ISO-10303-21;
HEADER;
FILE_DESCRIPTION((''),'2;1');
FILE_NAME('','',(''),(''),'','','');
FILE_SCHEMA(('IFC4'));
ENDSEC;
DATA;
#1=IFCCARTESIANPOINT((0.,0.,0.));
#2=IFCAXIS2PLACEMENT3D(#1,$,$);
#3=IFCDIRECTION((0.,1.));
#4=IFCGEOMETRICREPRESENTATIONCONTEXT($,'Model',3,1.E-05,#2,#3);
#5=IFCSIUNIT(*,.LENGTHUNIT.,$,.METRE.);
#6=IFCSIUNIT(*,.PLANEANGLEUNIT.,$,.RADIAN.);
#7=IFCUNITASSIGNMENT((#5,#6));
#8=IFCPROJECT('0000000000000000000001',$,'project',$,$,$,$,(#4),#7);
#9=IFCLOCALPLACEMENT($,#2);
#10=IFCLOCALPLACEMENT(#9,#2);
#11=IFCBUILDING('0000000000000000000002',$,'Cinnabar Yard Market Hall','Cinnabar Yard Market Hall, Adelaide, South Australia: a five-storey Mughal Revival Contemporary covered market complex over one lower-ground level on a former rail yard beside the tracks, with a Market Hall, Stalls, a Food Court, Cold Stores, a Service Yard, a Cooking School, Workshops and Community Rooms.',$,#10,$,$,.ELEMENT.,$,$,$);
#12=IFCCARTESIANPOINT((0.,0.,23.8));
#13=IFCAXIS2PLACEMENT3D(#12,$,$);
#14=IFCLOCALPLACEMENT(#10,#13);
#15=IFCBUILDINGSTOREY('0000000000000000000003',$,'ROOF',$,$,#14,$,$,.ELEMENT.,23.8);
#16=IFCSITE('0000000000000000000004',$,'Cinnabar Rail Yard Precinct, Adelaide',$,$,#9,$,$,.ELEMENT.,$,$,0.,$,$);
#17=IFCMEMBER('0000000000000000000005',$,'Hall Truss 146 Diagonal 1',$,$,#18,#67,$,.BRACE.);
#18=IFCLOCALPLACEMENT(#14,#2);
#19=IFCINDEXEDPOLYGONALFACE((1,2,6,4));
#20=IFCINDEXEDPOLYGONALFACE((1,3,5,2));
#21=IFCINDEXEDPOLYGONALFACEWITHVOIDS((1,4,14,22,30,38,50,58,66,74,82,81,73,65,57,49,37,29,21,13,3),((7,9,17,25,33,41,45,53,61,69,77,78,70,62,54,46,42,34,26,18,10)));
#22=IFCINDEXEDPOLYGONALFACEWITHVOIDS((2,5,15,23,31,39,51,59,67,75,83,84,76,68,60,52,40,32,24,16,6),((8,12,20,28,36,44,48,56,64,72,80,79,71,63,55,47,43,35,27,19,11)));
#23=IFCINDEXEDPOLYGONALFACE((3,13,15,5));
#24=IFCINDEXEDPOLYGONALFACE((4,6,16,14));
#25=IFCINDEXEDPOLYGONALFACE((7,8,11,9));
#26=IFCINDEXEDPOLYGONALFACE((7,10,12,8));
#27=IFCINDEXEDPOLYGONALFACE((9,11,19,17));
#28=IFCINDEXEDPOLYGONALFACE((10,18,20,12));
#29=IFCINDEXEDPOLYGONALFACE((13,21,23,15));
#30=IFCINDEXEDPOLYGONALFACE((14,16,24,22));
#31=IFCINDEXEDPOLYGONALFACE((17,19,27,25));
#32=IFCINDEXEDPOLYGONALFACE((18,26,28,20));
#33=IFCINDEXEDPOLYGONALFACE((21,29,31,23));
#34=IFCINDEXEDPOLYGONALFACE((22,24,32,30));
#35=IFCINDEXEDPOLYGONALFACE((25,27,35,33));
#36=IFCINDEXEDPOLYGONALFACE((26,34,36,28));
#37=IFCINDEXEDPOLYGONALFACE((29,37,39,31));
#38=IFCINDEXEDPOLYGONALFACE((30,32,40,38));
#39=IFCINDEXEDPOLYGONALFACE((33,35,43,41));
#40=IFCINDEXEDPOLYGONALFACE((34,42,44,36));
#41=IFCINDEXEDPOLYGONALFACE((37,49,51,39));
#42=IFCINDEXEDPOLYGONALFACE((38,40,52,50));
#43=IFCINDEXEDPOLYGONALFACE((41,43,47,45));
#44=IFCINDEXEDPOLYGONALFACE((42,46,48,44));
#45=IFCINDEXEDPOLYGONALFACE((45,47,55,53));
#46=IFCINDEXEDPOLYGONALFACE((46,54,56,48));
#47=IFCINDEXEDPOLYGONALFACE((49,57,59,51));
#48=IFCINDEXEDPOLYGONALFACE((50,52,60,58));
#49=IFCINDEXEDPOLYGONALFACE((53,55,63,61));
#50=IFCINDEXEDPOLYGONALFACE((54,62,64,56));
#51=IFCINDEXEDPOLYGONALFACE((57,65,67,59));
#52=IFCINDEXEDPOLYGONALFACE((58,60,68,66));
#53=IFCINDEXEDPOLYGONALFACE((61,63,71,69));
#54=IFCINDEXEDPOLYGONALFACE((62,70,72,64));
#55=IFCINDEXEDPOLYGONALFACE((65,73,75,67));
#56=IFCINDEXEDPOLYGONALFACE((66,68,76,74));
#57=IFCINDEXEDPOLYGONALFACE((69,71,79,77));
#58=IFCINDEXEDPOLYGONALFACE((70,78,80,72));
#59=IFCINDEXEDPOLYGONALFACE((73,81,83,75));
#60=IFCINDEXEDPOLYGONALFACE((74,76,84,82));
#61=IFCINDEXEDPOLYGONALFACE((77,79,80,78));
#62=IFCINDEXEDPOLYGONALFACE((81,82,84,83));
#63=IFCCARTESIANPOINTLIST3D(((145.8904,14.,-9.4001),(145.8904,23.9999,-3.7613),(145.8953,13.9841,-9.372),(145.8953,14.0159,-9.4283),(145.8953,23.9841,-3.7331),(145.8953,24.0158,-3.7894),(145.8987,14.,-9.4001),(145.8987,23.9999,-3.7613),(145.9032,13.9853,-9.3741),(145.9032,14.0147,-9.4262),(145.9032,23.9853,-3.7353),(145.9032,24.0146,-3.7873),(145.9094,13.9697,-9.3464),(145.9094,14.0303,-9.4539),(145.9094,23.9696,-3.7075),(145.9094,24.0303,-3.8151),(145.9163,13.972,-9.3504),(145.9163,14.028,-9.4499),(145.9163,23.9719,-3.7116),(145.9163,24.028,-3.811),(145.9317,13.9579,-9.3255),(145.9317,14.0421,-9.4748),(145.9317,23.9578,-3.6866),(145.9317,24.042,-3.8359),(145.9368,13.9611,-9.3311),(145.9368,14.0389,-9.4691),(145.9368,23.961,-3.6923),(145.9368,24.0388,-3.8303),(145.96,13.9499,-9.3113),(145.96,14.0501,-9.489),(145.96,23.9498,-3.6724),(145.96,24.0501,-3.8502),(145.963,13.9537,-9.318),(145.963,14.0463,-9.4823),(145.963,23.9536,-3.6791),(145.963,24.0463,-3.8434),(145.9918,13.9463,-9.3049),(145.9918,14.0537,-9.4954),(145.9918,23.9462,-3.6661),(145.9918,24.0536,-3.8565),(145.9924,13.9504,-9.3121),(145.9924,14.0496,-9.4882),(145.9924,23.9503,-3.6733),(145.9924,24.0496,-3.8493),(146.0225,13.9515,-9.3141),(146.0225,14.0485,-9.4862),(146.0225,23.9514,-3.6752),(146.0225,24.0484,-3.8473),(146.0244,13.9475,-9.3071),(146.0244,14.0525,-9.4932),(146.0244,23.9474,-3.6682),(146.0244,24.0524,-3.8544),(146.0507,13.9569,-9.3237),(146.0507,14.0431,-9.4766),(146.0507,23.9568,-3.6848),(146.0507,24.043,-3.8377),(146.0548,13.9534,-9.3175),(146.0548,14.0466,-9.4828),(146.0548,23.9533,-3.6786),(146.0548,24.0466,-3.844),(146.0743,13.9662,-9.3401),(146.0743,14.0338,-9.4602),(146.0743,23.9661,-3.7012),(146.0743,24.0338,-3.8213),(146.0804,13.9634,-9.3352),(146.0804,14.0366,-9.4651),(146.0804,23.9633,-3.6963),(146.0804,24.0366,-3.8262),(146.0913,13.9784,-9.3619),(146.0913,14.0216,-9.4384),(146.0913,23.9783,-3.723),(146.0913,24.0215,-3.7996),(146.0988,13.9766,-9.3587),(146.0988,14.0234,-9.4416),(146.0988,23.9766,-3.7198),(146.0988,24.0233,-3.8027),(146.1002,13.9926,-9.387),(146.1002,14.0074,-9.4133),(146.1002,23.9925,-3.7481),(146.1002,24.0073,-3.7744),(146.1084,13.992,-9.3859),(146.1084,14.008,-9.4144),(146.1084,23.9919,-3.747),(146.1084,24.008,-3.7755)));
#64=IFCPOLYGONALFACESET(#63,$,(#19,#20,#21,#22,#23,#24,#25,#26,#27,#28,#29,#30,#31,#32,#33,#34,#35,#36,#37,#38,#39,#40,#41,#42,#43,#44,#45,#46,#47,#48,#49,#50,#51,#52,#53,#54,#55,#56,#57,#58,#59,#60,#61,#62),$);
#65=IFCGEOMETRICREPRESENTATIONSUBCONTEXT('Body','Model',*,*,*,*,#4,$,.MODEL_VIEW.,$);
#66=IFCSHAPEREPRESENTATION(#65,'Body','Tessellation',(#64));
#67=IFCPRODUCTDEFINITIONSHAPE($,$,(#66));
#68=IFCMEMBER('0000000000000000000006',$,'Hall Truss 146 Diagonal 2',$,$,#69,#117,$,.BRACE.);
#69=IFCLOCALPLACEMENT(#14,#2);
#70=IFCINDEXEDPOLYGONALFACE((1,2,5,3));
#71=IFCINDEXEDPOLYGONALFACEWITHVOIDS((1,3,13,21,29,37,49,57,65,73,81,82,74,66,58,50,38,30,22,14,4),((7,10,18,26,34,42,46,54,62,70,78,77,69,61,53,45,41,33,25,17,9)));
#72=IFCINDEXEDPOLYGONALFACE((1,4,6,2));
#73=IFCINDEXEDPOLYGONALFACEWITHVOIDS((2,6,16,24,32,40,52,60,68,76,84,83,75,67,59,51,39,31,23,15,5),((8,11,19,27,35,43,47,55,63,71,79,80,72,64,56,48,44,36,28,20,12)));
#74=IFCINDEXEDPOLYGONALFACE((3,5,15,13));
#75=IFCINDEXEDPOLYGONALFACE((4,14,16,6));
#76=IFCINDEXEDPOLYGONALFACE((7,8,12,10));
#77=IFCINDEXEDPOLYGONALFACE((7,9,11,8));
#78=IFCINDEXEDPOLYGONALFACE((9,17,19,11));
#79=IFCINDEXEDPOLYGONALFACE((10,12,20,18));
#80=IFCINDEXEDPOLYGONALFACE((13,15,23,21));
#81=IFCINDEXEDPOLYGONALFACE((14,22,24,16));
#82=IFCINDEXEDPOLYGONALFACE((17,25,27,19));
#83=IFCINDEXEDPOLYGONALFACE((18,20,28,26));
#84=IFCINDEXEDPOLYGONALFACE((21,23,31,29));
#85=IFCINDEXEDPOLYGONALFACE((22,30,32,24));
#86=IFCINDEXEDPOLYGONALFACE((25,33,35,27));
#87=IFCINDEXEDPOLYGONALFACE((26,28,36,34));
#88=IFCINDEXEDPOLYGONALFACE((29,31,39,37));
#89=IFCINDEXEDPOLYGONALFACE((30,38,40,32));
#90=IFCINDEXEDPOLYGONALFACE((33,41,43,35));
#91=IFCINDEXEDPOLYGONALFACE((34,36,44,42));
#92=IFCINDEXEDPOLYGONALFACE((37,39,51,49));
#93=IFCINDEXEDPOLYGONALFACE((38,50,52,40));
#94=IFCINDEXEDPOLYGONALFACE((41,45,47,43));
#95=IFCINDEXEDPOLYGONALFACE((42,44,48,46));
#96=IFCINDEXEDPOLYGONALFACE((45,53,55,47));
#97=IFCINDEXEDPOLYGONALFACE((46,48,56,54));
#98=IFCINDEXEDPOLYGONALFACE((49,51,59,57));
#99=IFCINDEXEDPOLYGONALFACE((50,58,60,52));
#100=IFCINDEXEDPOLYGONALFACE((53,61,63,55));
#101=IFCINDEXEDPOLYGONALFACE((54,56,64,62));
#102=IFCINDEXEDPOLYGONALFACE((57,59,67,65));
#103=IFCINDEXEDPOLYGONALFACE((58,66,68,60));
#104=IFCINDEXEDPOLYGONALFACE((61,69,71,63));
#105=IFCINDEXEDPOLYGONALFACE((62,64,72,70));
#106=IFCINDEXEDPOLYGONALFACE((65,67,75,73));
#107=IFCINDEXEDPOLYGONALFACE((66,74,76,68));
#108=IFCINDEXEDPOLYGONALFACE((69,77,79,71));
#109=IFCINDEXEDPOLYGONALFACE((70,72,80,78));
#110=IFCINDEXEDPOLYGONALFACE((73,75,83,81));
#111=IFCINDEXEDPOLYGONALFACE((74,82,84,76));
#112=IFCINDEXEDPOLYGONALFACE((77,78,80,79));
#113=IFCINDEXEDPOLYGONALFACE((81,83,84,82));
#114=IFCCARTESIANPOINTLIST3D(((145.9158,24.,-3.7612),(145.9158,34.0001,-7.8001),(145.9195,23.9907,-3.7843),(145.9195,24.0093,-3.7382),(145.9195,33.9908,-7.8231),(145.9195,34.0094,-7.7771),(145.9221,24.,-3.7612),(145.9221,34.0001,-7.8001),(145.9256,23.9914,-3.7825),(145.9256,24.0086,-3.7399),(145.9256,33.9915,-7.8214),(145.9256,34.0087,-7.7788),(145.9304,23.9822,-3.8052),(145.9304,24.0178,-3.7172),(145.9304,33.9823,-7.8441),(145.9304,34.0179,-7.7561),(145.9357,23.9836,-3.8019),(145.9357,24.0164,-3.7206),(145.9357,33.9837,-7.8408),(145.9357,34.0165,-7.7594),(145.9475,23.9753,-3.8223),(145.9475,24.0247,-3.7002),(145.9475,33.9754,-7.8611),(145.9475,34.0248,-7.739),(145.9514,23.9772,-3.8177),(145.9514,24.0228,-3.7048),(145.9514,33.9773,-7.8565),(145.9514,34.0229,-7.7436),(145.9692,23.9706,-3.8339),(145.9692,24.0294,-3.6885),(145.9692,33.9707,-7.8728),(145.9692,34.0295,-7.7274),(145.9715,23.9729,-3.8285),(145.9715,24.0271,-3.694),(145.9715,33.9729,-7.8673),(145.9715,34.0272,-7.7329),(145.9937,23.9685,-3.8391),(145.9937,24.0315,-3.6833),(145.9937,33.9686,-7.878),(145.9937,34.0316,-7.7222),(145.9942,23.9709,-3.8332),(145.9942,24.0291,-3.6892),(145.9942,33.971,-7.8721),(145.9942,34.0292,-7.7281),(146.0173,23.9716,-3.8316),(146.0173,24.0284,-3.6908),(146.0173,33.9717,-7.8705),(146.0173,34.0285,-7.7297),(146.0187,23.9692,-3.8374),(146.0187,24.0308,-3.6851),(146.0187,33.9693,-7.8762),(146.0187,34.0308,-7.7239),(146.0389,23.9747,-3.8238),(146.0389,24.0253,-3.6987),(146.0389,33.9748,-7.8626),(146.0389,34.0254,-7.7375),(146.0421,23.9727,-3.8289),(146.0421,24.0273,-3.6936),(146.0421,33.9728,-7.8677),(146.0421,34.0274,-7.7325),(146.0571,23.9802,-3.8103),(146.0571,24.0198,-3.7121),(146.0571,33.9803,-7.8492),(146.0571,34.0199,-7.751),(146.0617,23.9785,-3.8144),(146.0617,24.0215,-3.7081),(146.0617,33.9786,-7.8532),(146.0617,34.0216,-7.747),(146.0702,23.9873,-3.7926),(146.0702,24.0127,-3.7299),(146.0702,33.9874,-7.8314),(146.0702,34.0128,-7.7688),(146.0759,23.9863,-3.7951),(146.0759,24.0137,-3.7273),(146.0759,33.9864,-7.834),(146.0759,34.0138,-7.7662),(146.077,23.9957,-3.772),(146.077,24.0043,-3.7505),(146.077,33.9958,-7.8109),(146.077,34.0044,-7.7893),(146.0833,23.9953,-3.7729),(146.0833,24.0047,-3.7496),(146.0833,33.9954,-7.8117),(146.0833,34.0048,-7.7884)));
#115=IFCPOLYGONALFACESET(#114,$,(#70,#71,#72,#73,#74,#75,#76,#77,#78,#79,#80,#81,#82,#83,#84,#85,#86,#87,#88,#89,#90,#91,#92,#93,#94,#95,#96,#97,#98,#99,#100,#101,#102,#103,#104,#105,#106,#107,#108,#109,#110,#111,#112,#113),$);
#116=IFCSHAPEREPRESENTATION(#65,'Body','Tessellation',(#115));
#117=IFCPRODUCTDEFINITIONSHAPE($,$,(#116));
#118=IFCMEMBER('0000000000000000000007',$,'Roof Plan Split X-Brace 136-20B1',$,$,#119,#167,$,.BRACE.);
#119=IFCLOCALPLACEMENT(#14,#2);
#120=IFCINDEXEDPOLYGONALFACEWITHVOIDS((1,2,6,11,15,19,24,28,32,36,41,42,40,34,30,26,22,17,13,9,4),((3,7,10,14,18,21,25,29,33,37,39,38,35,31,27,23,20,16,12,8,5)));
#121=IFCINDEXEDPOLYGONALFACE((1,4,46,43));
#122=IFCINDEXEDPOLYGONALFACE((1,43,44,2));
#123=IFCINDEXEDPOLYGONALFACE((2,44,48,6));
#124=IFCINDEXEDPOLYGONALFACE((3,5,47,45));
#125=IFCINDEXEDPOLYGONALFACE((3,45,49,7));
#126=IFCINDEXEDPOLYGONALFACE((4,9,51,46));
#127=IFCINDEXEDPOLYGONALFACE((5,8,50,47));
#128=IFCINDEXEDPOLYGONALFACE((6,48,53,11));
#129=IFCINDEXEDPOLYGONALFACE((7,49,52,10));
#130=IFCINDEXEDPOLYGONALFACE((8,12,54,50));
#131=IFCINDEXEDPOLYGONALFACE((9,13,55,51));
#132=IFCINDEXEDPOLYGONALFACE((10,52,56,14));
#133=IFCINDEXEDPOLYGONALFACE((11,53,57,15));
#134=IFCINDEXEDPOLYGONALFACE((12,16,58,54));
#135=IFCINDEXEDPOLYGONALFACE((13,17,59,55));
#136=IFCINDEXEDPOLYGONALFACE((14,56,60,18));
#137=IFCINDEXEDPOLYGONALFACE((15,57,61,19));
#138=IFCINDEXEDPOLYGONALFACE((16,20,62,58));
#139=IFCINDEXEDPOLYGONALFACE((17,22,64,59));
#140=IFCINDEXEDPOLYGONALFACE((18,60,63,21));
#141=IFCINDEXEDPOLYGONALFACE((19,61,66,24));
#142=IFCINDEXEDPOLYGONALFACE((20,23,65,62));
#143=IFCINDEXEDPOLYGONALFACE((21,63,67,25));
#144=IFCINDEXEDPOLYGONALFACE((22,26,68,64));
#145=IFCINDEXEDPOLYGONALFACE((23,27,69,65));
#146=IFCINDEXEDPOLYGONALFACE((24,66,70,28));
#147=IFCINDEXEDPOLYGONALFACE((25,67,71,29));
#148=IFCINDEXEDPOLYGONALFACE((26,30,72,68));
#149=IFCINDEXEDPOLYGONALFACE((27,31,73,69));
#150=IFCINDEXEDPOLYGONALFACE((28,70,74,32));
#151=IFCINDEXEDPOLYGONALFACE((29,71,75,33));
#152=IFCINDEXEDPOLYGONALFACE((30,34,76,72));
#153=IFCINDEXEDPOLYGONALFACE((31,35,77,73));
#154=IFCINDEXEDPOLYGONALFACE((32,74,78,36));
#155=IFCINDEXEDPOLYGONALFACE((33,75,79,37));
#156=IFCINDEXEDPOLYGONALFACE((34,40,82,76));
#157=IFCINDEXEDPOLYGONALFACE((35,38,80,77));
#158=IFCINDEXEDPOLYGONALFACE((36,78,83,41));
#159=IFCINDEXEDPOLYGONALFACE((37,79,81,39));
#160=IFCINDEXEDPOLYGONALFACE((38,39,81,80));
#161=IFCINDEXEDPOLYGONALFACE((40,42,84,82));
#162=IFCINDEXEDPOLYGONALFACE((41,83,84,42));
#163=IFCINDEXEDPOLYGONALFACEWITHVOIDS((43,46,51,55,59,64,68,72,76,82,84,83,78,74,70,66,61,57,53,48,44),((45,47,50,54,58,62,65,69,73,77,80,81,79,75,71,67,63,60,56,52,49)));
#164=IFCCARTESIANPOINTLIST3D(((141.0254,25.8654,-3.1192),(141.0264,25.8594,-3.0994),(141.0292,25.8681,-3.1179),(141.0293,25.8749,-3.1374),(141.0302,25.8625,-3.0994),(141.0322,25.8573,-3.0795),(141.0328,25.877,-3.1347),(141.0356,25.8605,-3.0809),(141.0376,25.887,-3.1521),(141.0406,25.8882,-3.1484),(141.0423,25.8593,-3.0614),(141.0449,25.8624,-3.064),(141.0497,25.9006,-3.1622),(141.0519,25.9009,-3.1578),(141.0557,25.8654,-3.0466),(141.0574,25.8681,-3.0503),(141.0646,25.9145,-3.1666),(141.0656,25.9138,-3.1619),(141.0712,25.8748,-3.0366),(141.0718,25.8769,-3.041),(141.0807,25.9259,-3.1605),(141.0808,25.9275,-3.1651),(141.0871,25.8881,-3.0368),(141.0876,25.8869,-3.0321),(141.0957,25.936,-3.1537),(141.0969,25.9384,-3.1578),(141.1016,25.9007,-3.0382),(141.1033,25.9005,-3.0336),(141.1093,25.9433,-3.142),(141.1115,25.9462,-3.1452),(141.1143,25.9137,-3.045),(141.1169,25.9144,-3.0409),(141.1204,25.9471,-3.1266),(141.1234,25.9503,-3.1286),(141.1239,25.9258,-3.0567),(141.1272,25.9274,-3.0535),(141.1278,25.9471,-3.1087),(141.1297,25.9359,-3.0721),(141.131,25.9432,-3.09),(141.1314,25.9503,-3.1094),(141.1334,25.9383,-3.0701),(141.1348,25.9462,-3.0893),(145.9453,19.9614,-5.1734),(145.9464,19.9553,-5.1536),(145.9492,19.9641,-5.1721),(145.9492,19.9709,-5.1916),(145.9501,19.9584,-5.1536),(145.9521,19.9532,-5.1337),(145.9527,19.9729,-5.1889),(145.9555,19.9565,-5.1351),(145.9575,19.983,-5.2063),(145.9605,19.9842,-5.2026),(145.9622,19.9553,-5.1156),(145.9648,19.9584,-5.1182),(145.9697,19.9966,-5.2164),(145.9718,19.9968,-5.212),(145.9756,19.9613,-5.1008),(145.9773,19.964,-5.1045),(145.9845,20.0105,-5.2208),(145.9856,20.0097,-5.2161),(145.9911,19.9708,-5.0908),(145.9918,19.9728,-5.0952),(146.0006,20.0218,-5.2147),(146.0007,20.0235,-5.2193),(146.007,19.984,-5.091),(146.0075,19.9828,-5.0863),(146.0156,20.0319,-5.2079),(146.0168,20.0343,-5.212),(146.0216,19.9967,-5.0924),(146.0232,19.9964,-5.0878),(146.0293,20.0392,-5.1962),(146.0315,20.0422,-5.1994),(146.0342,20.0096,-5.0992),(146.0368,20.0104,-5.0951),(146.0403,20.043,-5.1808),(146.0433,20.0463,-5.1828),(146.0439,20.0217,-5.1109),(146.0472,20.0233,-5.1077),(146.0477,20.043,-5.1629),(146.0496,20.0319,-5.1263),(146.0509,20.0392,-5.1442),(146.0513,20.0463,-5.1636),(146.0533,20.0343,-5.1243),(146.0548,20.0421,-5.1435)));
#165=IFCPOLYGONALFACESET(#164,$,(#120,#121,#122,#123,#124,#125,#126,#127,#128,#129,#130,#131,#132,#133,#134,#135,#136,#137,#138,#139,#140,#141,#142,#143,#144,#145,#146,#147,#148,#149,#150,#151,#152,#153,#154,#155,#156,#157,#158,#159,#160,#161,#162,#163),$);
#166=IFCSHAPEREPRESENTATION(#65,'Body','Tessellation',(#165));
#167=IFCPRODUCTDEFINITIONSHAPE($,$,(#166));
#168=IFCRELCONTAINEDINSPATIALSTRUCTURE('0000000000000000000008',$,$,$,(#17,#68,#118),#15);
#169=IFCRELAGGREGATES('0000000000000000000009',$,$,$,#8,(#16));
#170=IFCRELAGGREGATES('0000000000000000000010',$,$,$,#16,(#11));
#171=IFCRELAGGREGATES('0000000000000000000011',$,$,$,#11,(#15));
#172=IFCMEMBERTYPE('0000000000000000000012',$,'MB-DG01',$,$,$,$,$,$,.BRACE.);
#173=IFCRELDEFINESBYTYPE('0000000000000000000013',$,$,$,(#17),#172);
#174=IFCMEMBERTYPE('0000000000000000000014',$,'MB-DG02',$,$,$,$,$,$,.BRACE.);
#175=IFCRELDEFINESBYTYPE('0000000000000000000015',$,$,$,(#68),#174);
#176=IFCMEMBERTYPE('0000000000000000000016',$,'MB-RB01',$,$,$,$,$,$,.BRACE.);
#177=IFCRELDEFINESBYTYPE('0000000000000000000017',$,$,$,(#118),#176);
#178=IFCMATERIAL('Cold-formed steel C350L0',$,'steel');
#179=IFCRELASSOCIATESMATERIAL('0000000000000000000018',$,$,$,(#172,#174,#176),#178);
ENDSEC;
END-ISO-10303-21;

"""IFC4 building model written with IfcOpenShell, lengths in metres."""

from ifc_helpers import new_model, si_unit, direction, frame, origin, origin_2d_with_axis, place, context, subcontext, project, spatial, hollow_circle, extrude, material, material_profile, profile_set, type_object, element, save


model = new_model("IFC4")

# Units and contexts
model_context = context("Model", 3, precision=1e-05, world=origin(), true_north=direction((0.0, 1.0)))
body_context = subcontext(model_context, "Body", "Model", "MODEL_VIEW")
ifc_project = project(units=[si_unit("LENGTHUNIT", "METRE"), si_unit("PLANEANGLEUNIT", "RADIAN")], contexts=[model_context])

# Site, building, storey
site_placement = place(None, origin())
site = spatial("IfcSite", under=ifc_project, at=site_placement, Name="Cinnabar Rail Yard Precinct, Adelaide", CompositionType="ELEMENT", RefElevation=0.0)
building_placement = place(site_placement, origin())
building = spatial("IfcBuilding", under=site, at=building_placement, Name="Cinnabar Yard Market Hall", Description="Cinnabar Yard Market Hall, Adelaide, South Australia: a five-storey Mughal Revival Contemporary covered market complex over one lower-ground level on a former rail yard beside the tracks, with a Market Hall, Stalls, a Food Court, Cold Stores, a Service Yard, a Cooking School, Workshops and Community Rooms.", CompositionType="ELEMENT")
storey_placement = place(building_placement, frame((0.0, 0.0, 23.8)))
storey = spatial("IfcBuildingStorey", under=building, at=storey_placement, Name="ROOF", CompositionType="ELEMENT", Elevation=23.8)

# Shared definitions
ifc_material_1 = material(Name="Cold-formed steel C350L0", Category="steel")

# Members
ifc_material_profile_1 = material_profile(ifc_material_1, hollow_circle(Radius=0.1096, WallThickness=0.0083, at=origin_2d_with_axis()), Name="219.1x8.2CHS")
ifc_profile_set_1 = profile_set([ifc_material_profile_1], Name="Cold-formed steel C350L0")
member_type_1 = type_object("IfcMemberType", Name="MB-DG01", PredefinedType="BRACE", material=ifc_profile_set_1)
member_1_placement = place(storey_placement, frame((146.0, 14.0, -9.4001), z_axis=(0.0, 0.871057, 0.491182), x_axis=(-1.0, 0.0, 0.0)))
element("IfcMember", 1, at=member_1_placement, inside=storey, type_object=member_type_1, Name="Hall Truss 146 Diagonal 1", PredefinedType="BRACE", context=body_context, shape_type="SweptSolid", body=[
    extrude(hollow_circle(Radius=0.1096, WallThickness=0.0083, at=origin_2d_with_axis()), origin(), (0.0, 0.0, 1.0), 11.4802),
])
ifc_material_profile_2 = material_profile(ifc_material_1, hollow_circle(Radius=0.0842, WallThickness=0.0063, at=origin_2d_with_axis()), Name="168.3x6.4CHS")
ifc_profile_set_2 = profile_set([ifc_material_profile_2], Name="Cold-formed steel C350L0")
member_type_2 = type_object("IfcMemberType", Name="MB-DG02", PredefinedType="BRACE", material=ifc_profile_set_2)
member_2_placement = place(storey_placement, frame((146.0, 24.0, -3.7612), z_axis=(0.0, 0.92723, -0.374491), x_axis=(-1.0, 0.0, 0.0)))
element("IfcMember", 2, at=member_2_placement, inside=storey, type_object=member_type_2, Name="Hall Truss 146 Diagonal 2", PredefinedType="BRACE", context=body_context, shape_type="SweptSolid", body=[
    extrude(hollow_circle(Radius=0.0842, WallThickness=0.0063, at=origin_2d_with_axis()), origin(), (0.0, 0.0, 1.0), 10.7849),
])
ifc_material_profile_3 = material_profile(ifc_material_1, hollow_circle(Radius=0.0698, WallThickness=0.0049, at=origin_2d_with_axis()), Name="139.7x5.0CHS")
ifc_profile_set_3 = profile_set([ifc_material_profile_3], Name="Cold-formed steel C350L0")
member_type_3 = type_object("IfcMemberType", Name="MB-RB01", PredefinedType="BRACE", material=ifc_profile_set_3)
member_3_placement = place(storey_placement, frame((146.0, 20.0, -5.1536), z_axis=(-0.618463, 0.742174, 0.258225), x_axis=(-0.768229, -0.640175, 0.0)))
element("IfcMember", 3, at=member_3_placement, inside=storey, type_object=member_type_3, Name="Roof Plan Split X-Brace 136-20B1", PredefinedType="BRACE", context=body_context, shape_type="SweptSolid", body=[
    extrude(hollow_circle(Radius=0.0698, WallThickness=0.0049, at=origin_2d_with_axis()), origin(), (0.0, 0.0, 1.0), 7.9551),
])

save(model, "model.ifc")
